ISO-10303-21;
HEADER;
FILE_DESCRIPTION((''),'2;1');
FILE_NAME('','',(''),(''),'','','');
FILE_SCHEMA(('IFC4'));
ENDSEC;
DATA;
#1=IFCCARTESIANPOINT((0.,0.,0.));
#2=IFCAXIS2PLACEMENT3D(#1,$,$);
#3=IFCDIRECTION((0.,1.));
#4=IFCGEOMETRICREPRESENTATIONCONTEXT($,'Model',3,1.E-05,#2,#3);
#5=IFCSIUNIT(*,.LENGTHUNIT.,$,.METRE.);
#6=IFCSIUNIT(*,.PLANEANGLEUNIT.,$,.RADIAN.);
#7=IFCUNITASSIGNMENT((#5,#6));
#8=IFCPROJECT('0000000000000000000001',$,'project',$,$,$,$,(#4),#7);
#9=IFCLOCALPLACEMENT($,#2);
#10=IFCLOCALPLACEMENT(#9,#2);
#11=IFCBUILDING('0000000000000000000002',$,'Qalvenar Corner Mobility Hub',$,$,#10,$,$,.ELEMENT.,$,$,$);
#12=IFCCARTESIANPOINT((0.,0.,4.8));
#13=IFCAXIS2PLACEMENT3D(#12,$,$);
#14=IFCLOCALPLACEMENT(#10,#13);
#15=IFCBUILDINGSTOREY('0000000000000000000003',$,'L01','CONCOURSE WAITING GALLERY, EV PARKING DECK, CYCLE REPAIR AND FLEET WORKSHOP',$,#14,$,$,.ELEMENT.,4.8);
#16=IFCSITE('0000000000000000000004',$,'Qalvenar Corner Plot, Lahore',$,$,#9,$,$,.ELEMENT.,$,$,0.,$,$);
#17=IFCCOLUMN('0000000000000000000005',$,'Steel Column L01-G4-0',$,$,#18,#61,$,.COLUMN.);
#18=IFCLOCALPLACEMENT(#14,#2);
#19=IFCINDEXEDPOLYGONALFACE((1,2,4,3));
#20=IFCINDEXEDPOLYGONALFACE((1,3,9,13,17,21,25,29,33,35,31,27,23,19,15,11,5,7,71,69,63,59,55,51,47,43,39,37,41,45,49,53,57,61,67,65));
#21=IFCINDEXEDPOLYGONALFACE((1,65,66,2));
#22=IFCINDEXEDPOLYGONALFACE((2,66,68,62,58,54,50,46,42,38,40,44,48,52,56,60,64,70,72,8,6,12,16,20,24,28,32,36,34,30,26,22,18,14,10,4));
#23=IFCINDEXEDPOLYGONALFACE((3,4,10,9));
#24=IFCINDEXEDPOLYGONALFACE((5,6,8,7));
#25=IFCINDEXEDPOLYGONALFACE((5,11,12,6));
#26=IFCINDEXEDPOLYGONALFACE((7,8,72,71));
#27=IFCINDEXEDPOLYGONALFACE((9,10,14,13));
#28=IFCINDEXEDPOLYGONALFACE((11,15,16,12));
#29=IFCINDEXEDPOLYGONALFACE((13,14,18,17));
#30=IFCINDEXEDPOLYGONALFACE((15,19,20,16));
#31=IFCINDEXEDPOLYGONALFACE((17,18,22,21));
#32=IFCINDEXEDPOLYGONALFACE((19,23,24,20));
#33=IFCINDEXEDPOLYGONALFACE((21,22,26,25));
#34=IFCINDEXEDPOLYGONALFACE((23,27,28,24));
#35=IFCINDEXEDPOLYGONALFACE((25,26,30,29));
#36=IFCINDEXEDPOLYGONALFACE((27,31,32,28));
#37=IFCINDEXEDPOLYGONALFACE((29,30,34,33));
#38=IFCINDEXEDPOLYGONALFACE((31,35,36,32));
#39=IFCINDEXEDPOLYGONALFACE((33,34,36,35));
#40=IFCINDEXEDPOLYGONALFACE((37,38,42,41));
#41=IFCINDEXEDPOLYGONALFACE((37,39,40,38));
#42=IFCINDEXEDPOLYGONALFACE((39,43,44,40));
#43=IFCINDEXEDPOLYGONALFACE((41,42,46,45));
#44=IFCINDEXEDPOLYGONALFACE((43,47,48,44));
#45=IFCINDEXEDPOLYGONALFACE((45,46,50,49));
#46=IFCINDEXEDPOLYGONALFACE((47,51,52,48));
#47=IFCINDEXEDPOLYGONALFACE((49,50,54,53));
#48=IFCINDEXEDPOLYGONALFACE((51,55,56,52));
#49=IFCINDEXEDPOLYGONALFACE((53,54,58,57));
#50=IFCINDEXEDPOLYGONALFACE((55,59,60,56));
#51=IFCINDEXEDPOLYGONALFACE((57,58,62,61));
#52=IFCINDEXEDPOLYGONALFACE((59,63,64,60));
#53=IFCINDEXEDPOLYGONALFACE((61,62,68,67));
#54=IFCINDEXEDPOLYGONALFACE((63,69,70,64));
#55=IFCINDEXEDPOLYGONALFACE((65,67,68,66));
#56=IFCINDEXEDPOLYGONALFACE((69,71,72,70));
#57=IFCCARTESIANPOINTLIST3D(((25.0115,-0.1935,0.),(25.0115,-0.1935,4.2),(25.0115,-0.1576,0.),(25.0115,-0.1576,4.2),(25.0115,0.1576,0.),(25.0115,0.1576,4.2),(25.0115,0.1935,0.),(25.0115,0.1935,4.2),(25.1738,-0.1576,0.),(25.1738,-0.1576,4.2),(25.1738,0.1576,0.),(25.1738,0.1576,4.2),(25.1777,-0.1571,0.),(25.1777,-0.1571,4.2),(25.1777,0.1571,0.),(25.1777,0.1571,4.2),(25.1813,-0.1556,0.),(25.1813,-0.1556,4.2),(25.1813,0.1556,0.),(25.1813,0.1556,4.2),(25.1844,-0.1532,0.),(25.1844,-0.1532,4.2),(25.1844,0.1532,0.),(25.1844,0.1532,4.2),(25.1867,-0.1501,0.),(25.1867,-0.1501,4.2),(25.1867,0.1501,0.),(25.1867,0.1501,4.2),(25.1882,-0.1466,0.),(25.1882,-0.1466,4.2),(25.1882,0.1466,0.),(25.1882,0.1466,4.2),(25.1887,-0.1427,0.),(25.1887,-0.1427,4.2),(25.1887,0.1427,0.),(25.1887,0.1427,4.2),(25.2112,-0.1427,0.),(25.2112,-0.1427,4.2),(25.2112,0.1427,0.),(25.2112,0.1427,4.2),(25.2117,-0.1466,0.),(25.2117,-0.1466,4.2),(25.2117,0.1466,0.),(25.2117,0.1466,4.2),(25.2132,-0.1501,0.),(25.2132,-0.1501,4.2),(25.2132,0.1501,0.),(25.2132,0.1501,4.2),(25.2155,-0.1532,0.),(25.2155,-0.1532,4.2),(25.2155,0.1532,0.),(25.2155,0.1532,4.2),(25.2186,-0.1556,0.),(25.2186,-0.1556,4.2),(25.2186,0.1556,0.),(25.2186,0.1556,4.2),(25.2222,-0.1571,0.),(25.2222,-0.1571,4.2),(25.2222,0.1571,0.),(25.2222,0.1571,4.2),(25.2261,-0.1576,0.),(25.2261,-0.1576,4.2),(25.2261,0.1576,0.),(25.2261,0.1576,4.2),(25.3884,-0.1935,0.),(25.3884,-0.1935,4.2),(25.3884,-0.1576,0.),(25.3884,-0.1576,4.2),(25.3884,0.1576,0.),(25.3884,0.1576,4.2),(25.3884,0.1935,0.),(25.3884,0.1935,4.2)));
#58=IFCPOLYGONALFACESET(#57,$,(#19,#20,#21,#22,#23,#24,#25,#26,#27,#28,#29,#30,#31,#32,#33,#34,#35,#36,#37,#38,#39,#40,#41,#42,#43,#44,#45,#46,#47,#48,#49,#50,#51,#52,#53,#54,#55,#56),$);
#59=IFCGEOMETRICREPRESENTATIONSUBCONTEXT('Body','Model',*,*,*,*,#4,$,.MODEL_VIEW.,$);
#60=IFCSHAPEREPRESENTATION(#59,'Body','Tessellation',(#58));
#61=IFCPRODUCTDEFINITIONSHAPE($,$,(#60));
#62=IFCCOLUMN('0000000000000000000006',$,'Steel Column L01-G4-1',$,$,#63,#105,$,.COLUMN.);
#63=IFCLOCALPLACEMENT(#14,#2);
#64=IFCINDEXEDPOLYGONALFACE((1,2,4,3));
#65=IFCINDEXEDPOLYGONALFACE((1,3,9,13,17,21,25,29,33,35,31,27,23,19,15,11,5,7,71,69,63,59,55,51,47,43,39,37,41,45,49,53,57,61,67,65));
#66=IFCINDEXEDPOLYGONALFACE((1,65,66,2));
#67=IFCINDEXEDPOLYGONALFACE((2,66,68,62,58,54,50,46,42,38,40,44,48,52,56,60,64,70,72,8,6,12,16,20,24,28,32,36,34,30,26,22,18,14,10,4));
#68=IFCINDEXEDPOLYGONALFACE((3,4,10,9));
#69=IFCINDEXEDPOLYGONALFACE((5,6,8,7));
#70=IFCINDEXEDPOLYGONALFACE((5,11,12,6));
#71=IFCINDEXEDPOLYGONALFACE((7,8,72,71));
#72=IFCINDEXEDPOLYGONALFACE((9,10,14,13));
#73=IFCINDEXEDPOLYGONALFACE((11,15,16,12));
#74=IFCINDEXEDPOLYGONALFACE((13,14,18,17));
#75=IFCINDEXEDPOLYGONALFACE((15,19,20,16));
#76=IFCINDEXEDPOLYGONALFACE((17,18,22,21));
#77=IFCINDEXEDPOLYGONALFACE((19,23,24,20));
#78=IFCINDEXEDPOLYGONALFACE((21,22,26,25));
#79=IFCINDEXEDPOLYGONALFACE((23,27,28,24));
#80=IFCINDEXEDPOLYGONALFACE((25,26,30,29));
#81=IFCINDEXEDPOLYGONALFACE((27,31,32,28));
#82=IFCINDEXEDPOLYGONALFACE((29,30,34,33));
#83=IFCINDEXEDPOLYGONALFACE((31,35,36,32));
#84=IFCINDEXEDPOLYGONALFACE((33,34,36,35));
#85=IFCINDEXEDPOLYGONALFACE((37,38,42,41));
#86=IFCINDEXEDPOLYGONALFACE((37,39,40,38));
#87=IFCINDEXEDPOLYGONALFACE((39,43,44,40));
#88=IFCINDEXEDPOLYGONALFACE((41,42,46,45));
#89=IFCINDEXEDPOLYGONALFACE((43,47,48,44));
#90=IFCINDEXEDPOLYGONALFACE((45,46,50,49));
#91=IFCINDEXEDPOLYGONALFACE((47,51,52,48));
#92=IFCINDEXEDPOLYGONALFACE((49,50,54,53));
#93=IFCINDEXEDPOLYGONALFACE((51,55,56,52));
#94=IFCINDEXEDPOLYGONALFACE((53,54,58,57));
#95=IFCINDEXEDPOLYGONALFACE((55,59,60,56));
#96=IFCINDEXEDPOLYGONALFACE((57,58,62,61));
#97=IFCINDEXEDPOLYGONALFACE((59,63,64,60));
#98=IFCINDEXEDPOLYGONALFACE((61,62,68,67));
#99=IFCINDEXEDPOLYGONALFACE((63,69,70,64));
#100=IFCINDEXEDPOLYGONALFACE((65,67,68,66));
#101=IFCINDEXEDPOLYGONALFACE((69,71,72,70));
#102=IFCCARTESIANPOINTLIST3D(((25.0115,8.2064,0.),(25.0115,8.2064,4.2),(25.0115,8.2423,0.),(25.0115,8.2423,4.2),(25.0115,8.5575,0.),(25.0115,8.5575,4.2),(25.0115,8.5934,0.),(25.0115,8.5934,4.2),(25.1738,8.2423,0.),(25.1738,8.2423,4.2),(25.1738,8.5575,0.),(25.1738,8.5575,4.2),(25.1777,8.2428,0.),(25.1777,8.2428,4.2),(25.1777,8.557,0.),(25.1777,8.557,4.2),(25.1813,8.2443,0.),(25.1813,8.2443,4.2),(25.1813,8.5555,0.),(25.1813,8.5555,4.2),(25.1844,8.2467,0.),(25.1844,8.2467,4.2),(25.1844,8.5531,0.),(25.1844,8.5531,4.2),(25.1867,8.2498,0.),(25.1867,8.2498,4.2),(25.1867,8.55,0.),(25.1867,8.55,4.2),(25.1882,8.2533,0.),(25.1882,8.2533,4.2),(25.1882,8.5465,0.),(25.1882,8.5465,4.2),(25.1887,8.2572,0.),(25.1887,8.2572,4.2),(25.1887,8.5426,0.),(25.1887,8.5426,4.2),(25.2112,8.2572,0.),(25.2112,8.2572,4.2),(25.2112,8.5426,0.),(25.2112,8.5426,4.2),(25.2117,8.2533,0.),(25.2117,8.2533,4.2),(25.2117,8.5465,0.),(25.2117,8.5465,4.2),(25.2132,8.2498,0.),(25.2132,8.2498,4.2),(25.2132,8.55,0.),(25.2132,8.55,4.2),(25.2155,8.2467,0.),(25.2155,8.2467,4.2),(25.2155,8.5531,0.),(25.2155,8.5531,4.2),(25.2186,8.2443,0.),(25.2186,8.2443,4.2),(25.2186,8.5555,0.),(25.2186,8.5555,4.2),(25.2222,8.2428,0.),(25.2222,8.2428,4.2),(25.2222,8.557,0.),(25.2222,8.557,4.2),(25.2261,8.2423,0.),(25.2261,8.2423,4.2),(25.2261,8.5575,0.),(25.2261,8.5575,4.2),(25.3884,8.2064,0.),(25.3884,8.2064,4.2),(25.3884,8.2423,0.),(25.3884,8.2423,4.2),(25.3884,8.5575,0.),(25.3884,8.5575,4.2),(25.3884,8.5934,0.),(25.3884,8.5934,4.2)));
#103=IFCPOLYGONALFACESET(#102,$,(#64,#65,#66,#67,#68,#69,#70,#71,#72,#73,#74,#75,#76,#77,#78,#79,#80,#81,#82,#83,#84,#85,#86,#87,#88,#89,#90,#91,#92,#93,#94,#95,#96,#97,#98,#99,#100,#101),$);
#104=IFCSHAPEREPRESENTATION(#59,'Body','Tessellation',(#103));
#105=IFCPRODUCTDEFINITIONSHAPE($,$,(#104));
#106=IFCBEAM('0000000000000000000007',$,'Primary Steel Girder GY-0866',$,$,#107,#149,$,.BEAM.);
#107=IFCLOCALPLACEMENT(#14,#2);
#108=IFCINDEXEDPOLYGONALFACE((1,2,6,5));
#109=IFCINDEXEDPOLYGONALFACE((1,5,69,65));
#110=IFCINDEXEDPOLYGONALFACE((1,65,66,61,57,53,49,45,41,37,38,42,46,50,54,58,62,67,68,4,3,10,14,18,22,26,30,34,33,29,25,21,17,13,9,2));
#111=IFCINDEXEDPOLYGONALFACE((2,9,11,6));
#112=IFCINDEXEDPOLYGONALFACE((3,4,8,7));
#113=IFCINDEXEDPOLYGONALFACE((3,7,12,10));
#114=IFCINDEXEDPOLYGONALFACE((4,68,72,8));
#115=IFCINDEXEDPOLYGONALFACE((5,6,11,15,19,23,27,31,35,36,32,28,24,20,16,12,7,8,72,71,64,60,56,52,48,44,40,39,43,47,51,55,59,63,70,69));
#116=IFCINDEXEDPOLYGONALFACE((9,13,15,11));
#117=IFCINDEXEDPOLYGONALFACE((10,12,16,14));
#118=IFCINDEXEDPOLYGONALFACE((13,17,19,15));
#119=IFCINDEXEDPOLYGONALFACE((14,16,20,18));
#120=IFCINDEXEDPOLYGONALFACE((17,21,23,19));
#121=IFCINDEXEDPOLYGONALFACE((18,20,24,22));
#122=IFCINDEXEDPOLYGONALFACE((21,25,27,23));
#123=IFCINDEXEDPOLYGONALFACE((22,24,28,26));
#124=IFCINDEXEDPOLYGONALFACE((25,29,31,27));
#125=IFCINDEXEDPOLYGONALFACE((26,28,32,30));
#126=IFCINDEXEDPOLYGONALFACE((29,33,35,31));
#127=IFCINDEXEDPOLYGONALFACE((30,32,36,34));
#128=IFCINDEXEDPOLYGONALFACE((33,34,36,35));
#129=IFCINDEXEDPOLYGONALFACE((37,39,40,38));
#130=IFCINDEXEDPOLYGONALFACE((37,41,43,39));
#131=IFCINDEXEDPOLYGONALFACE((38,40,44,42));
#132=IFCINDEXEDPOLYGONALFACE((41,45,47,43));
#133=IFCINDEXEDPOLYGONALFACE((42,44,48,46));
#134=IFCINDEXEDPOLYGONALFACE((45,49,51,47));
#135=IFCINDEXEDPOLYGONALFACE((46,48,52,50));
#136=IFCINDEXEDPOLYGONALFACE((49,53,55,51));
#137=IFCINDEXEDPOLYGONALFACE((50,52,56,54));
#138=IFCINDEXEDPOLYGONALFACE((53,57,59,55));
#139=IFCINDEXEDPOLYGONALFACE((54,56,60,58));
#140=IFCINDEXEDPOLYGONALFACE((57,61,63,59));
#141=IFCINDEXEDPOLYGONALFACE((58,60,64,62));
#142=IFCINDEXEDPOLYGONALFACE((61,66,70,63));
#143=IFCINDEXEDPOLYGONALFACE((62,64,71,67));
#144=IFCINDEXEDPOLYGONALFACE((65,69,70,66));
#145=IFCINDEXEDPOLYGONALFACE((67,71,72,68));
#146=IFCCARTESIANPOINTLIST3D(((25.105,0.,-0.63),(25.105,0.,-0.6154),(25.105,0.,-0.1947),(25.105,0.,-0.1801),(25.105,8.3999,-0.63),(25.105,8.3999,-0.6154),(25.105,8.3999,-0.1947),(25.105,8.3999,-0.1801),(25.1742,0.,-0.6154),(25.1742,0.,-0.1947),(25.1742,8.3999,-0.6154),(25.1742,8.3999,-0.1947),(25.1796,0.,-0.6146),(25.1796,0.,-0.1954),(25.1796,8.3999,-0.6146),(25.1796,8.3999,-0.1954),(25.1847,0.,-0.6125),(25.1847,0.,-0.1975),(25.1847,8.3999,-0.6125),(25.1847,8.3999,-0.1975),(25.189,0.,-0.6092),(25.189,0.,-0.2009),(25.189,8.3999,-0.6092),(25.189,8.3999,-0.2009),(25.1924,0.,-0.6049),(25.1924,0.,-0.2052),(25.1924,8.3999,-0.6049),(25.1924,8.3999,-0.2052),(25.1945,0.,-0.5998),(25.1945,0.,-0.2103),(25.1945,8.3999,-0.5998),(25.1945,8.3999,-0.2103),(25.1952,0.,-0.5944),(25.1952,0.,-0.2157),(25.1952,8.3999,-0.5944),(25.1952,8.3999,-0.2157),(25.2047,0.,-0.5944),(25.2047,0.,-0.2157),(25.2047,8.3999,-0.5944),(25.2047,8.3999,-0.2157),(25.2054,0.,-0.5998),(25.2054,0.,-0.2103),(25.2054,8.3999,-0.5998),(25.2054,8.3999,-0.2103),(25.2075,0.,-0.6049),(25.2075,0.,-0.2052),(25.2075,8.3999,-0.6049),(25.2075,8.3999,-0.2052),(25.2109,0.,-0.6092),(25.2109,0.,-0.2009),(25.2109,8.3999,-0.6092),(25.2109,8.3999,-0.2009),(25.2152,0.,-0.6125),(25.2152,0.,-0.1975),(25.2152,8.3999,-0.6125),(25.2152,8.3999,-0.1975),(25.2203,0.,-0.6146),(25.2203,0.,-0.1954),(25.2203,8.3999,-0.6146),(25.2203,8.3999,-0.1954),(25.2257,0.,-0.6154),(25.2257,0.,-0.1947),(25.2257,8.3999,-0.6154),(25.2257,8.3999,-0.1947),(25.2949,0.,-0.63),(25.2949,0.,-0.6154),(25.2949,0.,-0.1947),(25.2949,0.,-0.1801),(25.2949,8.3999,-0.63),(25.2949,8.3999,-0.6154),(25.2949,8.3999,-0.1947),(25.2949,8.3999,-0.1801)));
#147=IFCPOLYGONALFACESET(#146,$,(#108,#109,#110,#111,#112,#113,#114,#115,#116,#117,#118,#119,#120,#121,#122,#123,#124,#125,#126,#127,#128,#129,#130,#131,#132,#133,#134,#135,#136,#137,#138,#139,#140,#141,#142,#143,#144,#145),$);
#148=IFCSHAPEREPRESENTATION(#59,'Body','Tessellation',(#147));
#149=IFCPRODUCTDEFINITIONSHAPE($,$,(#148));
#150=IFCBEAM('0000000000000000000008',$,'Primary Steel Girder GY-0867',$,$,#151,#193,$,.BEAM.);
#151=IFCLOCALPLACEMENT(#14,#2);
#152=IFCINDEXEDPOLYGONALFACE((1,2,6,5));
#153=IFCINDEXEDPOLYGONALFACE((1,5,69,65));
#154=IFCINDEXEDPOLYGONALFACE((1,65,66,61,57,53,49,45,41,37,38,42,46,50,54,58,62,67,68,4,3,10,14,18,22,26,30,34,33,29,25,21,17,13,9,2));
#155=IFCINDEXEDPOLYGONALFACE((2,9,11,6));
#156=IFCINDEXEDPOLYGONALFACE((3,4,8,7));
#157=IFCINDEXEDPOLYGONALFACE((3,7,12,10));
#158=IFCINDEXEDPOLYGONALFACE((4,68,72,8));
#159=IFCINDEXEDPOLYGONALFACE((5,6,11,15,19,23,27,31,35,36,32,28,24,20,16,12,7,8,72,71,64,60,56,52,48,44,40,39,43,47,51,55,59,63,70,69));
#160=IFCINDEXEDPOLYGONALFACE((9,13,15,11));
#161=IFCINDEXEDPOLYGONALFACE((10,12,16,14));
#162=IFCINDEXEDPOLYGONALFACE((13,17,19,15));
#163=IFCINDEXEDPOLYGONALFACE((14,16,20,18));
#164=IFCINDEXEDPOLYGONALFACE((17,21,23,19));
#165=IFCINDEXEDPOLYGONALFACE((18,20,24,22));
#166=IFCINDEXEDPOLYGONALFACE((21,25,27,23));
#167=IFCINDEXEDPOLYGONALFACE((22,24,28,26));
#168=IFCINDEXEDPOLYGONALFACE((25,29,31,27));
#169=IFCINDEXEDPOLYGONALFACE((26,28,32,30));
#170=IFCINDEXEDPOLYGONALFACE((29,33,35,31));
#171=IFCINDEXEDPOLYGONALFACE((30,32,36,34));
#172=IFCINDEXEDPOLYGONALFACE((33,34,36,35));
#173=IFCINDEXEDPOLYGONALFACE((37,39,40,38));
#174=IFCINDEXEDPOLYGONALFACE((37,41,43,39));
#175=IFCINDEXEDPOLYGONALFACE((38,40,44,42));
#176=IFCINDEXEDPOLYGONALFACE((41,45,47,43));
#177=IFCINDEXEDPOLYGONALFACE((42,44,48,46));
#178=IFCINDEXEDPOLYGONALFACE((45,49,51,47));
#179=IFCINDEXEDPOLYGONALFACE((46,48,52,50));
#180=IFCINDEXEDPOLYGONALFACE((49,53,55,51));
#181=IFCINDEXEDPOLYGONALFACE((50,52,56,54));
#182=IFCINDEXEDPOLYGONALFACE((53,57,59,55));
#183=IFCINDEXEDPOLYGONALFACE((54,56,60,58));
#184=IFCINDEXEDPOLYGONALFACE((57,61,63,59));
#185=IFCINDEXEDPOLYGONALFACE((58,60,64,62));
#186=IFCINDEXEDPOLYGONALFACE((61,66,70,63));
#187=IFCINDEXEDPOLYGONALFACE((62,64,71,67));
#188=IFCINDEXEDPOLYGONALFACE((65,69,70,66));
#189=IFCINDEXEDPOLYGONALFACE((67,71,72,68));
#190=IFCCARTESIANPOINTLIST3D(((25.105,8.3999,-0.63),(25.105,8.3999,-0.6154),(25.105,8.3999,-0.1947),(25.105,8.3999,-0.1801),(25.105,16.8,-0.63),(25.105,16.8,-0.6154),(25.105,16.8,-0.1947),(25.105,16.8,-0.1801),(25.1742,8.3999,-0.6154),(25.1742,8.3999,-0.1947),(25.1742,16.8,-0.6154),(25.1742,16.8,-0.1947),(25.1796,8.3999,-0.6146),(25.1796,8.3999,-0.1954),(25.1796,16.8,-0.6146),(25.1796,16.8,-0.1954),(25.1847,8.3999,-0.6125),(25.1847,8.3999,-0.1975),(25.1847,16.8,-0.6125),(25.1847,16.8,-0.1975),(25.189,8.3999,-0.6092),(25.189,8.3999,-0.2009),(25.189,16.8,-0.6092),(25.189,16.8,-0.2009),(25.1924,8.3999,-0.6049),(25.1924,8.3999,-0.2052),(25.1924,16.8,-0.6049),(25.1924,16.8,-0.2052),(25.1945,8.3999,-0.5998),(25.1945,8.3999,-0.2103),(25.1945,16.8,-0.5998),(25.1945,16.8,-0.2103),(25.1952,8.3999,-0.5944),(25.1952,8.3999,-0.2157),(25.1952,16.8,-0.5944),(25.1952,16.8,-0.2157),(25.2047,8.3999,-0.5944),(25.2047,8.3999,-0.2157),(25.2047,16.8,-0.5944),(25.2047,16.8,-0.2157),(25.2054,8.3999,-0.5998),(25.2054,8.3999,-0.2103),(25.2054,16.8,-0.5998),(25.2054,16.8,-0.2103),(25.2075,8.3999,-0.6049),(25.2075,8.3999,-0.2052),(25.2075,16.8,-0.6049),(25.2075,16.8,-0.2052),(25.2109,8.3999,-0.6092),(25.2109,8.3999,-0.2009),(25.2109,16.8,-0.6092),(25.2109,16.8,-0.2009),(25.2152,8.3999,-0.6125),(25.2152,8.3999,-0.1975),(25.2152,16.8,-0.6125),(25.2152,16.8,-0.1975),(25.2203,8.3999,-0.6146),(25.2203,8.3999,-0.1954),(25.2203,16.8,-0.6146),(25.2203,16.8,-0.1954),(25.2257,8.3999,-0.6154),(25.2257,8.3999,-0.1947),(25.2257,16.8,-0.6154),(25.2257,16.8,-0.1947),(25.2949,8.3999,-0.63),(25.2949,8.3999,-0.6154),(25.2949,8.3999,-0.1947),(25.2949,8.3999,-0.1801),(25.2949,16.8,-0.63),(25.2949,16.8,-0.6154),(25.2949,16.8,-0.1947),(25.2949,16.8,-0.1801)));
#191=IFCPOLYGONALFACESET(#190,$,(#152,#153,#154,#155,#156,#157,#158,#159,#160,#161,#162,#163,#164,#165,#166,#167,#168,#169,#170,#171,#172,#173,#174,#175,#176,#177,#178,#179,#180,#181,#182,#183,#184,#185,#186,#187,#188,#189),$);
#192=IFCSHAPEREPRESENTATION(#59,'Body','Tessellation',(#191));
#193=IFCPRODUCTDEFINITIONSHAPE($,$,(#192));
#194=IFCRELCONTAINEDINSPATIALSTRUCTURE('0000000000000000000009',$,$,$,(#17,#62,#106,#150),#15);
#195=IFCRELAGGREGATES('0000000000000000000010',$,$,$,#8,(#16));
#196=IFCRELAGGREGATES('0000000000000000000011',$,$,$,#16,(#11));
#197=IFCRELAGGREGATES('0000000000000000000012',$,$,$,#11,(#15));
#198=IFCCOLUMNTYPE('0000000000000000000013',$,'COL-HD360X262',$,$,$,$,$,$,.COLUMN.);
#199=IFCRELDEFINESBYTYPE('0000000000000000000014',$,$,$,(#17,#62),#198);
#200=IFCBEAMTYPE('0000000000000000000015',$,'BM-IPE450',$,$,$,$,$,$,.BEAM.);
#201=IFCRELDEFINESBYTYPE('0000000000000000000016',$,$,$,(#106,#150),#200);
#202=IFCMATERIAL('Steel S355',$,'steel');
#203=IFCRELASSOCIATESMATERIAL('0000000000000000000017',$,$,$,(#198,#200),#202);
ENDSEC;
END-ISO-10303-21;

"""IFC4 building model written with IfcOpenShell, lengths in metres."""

from ifc_helpers import new_model, si_unit, direction, frame, origin, origin_2d, place, context, subcontext, project, spatial, i_section, extrude, material, material_profile, profile_set, type_object, element, save


model = new_model("IFC4")

# Units and contexts
model_context = context("Model", 3, precision=1e-05, world=origin(), true_north=direction((0.0, 1.0)))
body_context = subcontext(model_context, "Body", "Model", "MODEL_VIEW")
ifc_project = project(units=[si_unit("LENGTHUNIT", "METRE"), si_unit("PLANEANGLEUNIT", "RADIAN")], contexts=[model_context])

# Site, building, storey
site_placement = place(None, origin())
site = spatial("IfcSite", under=ifc_project, at=site_placement, Name="Qalvenar Corner Plot, Lahore", CompositionType="ELEMENT", RefElevation=0.0)
building_placement = place(site_placement, origin())
building = spatial("IfcBuilding", under=site, at=building_placement, Name="Qalvenar Corner Mobility Hub", CompositionType="ELEMENT")
storey_placement = place(building_placement, frame((0.0, 0.0, 4.8)))
storey = spatial("IfcBuildingStorey", under=building, at=storey_placement, Name="L01", Description="CONCOURSE WAITING GALLERY, EV PARKING DECK, CYCLE REPAIR AND FLEET WORKSHOP", CompositionType="ELEMENT", Elevation=4.8)

# Columns
ifc_material_1 = material(Name="Steel S355", Category="steel")
ifc_material_profile_1 = material_profile(ifc_material_1, i_section(OverallWidth=0.377, OverallDepth=0.387, WebThickness=0.0225, FlangeThickness=0.0359, FilletRadius=0.0149, at=origin_2d()), Name="HD360x262")
ifc_profile_set_1 = profile_set([ifc_material_profile_1], Name="Steel S355")
column_type = type_object("IfcColumnType", Name="COL-HD360X262", PredefinedType="COLUMN", material=ifc_profile_set_1)
for number, where, z_axis, x_axis, name in (
    (1, (25.2, 0.0, 0.0), (0.0, 0.0, 1.0), (1.0, 0.0, 0.0), "Steel Column L01-G4-0"),
    (2, (25.2, 8.3999, 0.0), (0.0, 0.0, 1.0), (1.0, 0.0, 0.0), "Steel Column L01-G4-1"),
):
    element("IfcColumn", number, at=place(storey_placement, frame(where, z_axis=z_axis, x_axis=x_axis)), inside=storey, type_object=column_type, Name=name, PredefinedType="COLUMN", context=body_context, shape_type="SweptSolid", body=[
        extrude(i_section(OverallWidth=0.377, OverallDepth=0.387, WebThickness=0.0225, FlangeThickness=0.0359, FilletRadius=0.0149, at=origin_2d()), origin(), (0.0, 0.0, 1.0), 4.2),
    ])

# Beams
ifc_material_profile_2 = material_profile(ifc_material_1, i_section(OverallWidth=0.1899, OverallDepth=0.45, WebThickness=0.0095, FlangeThickness=0.0146, FilletRadius=0.021, at=origin_2d()), Name="IPE450")
ifc_profile_set_2 = profile_set([ifc_material_profile_2], Name="Steel S355")
beam_type_1 = type_object("IfcBeamType", Name="BM-IPE450", PredefinedType="BEAM", material=ifc_profile_set_2)
beam_1_placement = place(storey_placement, frame((25.2, 0.0, -0.405), z_axis=(0.0, 1.0, 0.0), x_axis=(-1.0, 0.0, 0.0)))
element("IfcBeam", 3, at=beam_1_placement, inside=storey, type_object=beam_type_1, Name="Primary Steel Girder GY-0866", PredefinedType="BEAM", context=body_context, shape_type="SweptSolid", body=[
    extrude(i_section(OverallWidth=0.1899, OverallDepth=0.45, WebThickness=0.0095, FlangeThickness=0.0146, FilletRadius=0.021, at=origin_2d()), origin(), (0.0, 0.0, 1.0), 8.3999),
])
beam_2_placement = place(storey_placement, frame((25.2, 8.3999, -0.405), z_axis=(0.0, 1.0, 0.0), x_axis=(-1.0, 0.0, 0.0)))
element("IfcBeam", 4, at=beam_2_placement, inside=storey, type_object=beam_type_1, Name="Primary Steel Girder GY-0867", PredefinedType="BEAM", context=body_context, shape_type="SweptSolid", body=[
    extrude(i_section(OverallWidth=0.1899, OverallDepth=0.45, WebThickness=0.0095, FlangeThickness=0.0146, FilletRadius=0.021, at=origin_2d()), origin(), (0.0, 0.0, 1.0), 8.4001),
])

save(model, "model.ifc")
